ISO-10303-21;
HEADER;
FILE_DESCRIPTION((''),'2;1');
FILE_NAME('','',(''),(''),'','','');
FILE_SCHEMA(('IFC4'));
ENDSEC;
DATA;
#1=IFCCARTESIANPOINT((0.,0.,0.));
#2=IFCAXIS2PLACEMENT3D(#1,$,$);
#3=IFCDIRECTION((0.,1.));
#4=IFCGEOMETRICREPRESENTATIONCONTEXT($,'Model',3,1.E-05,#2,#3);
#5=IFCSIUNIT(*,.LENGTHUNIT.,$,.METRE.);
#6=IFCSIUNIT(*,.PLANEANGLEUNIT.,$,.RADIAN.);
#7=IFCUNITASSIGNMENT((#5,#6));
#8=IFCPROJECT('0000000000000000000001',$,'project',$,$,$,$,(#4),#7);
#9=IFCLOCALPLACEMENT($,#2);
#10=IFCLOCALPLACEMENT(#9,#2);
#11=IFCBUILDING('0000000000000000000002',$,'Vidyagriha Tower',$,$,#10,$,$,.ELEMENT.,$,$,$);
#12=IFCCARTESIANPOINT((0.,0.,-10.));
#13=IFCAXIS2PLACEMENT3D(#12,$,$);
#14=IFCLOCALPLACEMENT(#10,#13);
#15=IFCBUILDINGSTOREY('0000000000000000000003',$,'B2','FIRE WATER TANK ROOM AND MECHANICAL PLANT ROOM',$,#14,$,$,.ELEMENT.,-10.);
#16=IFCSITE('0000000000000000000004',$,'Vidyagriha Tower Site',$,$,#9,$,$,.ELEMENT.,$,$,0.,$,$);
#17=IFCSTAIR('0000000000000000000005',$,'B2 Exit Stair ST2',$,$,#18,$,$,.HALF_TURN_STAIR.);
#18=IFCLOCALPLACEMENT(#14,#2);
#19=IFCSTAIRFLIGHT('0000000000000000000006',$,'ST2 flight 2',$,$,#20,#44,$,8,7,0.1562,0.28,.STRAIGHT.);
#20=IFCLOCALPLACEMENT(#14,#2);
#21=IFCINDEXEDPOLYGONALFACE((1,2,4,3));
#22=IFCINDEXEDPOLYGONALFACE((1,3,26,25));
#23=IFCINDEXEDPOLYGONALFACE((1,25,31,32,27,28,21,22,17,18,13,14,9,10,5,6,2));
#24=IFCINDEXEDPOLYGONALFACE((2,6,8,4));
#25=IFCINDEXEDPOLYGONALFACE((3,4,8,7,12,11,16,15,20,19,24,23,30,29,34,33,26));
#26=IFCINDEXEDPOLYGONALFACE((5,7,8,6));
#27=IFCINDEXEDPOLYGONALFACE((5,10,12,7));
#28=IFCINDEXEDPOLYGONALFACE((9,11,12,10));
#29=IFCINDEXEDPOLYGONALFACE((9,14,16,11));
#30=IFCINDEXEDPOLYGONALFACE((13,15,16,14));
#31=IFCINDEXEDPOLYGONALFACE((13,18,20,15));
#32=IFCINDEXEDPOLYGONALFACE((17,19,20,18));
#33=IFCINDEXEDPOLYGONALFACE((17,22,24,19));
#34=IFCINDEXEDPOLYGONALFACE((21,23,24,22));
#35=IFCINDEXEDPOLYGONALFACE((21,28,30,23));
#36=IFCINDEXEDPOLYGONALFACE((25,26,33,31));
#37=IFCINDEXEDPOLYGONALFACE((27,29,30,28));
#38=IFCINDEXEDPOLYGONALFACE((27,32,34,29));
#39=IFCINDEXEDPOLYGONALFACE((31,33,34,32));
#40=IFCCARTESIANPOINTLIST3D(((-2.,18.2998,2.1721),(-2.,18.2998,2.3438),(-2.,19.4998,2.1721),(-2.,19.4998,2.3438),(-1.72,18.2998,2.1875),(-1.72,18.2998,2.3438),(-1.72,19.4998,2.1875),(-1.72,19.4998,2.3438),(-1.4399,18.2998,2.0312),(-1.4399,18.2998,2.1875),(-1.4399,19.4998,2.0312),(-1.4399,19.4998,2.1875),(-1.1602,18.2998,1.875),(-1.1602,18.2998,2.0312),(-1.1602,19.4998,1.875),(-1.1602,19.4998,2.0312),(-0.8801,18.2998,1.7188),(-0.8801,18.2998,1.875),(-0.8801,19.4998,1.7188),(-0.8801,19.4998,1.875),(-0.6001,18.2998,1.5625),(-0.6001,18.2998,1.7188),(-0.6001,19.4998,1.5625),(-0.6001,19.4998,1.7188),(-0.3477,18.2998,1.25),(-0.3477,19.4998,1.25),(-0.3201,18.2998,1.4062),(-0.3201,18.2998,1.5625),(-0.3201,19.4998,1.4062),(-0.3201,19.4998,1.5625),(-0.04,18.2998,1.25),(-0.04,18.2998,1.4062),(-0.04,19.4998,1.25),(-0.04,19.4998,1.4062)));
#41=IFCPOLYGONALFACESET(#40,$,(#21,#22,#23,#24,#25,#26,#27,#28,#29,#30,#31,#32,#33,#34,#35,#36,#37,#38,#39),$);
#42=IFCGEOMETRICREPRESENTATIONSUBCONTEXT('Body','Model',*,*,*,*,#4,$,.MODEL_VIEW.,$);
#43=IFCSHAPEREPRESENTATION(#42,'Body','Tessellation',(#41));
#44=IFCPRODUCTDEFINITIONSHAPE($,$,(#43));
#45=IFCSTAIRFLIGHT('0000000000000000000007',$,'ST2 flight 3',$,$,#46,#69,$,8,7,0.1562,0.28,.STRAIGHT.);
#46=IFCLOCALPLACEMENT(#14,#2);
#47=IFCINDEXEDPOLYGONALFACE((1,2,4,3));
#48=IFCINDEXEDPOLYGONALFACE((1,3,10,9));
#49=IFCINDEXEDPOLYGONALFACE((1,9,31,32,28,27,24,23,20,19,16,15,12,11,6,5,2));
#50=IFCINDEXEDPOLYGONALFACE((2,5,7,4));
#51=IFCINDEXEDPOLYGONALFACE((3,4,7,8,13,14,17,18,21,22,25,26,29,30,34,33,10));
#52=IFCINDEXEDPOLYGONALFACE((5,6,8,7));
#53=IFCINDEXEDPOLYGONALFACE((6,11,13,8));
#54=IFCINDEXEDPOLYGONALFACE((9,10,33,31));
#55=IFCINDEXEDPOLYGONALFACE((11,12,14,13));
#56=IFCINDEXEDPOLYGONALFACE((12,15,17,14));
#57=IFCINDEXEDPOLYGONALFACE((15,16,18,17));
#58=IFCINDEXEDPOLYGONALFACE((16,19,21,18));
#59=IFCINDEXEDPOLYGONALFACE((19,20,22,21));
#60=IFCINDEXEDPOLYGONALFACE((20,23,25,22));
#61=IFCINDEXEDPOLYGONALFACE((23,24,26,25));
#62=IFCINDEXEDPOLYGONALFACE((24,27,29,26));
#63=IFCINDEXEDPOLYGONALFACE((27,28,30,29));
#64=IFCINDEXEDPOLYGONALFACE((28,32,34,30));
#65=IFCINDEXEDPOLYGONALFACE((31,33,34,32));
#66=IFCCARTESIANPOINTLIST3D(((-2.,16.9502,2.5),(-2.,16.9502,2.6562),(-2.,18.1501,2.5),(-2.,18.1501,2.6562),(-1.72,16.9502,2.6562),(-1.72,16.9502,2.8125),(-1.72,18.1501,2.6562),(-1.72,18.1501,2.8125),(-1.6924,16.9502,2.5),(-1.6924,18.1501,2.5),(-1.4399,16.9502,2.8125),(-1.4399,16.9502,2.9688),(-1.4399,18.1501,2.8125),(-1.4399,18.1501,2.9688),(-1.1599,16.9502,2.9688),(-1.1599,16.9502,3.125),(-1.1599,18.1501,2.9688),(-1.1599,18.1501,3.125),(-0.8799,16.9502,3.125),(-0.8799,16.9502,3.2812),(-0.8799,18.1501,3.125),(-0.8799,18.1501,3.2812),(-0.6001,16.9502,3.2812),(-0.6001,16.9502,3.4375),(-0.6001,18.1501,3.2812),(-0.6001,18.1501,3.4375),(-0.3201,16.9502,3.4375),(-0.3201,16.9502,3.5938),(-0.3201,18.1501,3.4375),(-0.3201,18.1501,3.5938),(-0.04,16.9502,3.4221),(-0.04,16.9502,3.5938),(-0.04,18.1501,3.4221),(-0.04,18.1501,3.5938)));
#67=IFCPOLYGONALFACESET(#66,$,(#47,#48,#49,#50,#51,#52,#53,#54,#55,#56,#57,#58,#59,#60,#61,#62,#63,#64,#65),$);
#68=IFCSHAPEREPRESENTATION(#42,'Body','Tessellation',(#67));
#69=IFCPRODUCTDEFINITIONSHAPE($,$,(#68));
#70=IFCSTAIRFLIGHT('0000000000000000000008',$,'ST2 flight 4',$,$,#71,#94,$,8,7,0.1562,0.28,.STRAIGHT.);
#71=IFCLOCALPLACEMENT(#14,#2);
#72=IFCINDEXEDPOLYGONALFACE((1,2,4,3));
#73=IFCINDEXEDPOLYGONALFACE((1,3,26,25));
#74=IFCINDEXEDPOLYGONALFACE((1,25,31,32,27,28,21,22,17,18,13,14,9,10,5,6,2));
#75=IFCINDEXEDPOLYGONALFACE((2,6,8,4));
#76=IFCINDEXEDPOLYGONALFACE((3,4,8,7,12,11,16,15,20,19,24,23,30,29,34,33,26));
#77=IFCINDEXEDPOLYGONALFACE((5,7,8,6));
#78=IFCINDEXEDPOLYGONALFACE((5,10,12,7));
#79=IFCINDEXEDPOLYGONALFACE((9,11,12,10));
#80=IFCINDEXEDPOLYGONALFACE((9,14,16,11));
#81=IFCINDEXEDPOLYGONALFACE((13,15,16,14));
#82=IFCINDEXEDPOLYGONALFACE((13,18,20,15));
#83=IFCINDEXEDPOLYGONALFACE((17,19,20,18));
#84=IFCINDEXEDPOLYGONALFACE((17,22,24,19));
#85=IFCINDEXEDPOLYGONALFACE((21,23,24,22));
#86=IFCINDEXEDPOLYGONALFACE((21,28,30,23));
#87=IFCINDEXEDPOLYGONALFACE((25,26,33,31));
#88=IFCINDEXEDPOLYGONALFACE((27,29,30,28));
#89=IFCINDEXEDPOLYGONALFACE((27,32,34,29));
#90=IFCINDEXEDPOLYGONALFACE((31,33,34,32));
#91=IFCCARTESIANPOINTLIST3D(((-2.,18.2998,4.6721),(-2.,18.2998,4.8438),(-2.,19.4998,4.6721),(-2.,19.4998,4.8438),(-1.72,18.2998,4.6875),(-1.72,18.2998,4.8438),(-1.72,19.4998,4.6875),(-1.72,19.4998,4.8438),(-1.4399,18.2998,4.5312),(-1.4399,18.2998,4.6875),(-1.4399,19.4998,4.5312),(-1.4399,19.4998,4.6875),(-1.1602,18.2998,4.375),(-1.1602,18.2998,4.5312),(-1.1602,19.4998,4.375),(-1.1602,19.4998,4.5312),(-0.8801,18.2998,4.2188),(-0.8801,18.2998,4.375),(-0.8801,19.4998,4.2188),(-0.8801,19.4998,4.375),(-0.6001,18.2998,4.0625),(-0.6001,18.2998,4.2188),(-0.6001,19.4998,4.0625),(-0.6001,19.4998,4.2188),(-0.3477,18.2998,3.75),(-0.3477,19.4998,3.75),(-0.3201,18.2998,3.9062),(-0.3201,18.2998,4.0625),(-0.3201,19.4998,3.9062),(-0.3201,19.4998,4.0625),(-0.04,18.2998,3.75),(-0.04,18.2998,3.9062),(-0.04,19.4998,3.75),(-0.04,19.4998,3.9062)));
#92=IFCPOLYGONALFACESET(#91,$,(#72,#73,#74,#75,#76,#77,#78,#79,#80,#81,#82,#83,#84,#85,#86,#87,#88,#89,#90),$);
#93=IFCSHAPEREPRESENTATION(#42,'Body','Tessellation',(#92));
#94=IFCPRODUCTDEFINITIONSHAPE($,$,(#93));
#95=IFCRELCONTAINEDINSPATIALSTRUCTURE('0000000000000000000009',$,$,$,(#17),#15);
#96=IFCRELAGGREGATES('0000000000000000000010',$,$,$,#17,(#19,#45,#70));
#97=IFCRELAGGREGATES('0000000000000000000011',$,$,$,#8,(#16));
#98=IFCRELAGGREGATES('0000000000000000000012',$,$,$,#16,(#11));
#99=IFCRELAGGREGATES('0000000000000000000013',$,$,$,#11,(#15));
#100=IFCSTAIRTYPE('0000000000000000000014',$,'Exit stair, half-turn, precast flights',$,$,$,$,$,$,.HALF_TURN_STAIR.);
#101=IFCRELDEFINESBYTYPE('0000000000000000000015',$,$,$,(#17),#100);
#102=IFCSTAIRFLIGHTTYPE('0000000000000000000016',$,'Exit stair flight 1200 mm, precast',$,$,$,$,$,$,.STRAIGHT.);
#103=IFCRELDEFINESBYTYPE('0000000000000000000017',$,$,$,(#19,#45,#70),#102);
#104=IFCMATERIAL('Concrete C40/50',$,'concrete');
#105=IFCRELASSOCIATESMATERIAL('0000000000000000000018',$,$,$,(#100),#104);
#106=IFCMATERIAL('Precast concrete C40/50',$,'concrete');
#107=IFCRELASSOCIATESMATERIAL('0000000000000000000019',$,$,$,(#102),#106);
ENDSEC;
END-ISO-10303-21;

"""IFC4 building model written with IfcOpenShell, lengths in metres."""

from ifc_helpers import new_model, si_unit, direction, frame, origin, place, context, subcontext, project, spatial, polyline, outline, extrude, material, type_object, element, aggregate, save


model = new_model("IFC4")

# Units and contexts
model_context = context("Model", 3, precision=1e-05, world=origin(), true_north=direction((0.0, 1.0)))
body_context = subcontext(model_context, "Body", "Model", "MODEL_VIEW")
ifc_project = project(units=[si_unit("LENGTHUNIT", "METRE"), si_unit("PLANEANGLEUNIT", "RADIAN")], contexts=[model_context])

# Site, building, storey
site_placement = place(None, origin())
site = spatial("IfcSite", under=ifc_project, at=site_placement, Name="Vidyagriha Tower Site", CompositionType="ELEMENT", RefElevation=0.0)
building_placement = place(site_placement, origin())
building = spatial("IfcBuilding", under=site, at=building_placement, Name="Vidyagriha Tower", CompositionType="ELEMENT")
storey_placement = place(building_placement, frame((0.0, 0.0, -10.0)))
storey = spatial("IfcBuildingStorey", under=building, at=storey_placement, Name="B2", Description="FIRE WATER TANK ROOM AND MECHANICAL PLANT ROOM", CompositionType="ELEMENT", Elevation=-10.0)

# Stair, stair flights
ifc_material_1 = material(Name="Concrete C40/50", Category="concrete")
stair_type = type_object("IfcStairType", Name="Exit stair, half-turn, precast flights", PredefinedType="HALF_TURN_STAIR", material=ifc_material_1)
ifc_material_2 = material(Name="Precast concrete C40/50", Category="concrete")
stair_flight_type = type_object("IfcStairFlightType", Name="Exit stair flight 1200 mm, precast", PredefinedType="STRAIGHT", material=ifc_material_2)
stair_1_placement = place(storey_placement, origin())
stair_1 = element("IfcStair", 1, at=stair_1_placement, inside=storey, type_object=stair_type, Name="B2 Exit Stair ST2", PredefinedType="HALF_TURN_STAIR")
stair_flight_1_placement = place(storey_placement, frame((-0.04, 18.8999, 1.25), z_axis=(0.0, 0.0, 1.0), x_axis=(-1.0, 0.0, 0.0)))
stair_flight_1 = element("IfcStairFlight", 2, at=stair_flight_1_placement, type_object=stair_flight_type, Name="ST2 flight 2", NumberOfRisers=8, NumberOfTreads=7, PredefinedType="STRAIGHT", RiserHeight=0.1562, TreadLength=0.28, context=body_context, shape_type="SweptSolid", body=[
    extrude(outline(polyline([(0.0, 0.0), (0.0, 0.1562), (0.28, 0.1562), (0.28, 0.3125), (0.5601, 0.3125), (0.5601, 0.4688), (0.8401, 0.4688), (0.8401, 0.625), (1.1201, 0.625), (1.1201, 0.7812), (1.3999, 0.7812), (1.3999, 0.9375), (1.6799, 0.9375), (1.6799, 1.0938), (1.96, 1.0938), (1.96, 1.25), (1.96, 0.9221), (0.3076, 0.0), (0.0, 0.0)])), frame((0.0, 0.6001, 0.0), z_axis=(0.0, -1.0, 0.0), x_axis=(1.0, 0.0, 0.0)), (0.0, 0.0, 1.0), 1.2),
])
stair_flight_2_placement = place(storey_placement, frame((-2.0, 17.55, 2.5)))
stair_flight_2 = element("IfcStairFlight", 3, at=stair_flight_2_placement, type_object=stair_flight_type, Name="ST2 flight 3", NumberOfRisers=8, NumberOfTreads=7, PredefinedType="STRAIGHT", RiserHeight=0.1562, TreadLength=0.28, context=body_context, shape_type="SweptSolid", body=[
    extrude(outline(polyline([(0.0, 0.0), (0.0, 0.1562), (0.28, 0.1562), (0.28, 0.3125), (0.5601, 0.3125), (0.5601, 0.4688), (0.8401, 0.4688), (0.8401, 0.625), (1.1201, 0.625), (1.1201, 0.7812), (1.3999, 0.7812), (1.3999, 0.9375), (1.6799, 0.9375), (1.6799, 1.0938), (1.96, 1.0938), (1.96, 1.25), (1.96, 0.9221), (0.3076, 0.0), (0.0, 0.0)])), frame((0.0, 0.6001, 0.0), z_axis=(0.0, -1.0, 0.0), x_axis=(1.0, 0.0, 0.0)), (0.0, 0.0, 1.0), 1.2),
])
stair_flight_3_placement = place(storey_placement, frame((-0.04, 18.8999, 3.75), z_axis=(0.0, 0.0, 1.0), x_axis=(-1.0, 0.0, 0.0)))
stair_flight_3 = element("IfcStairFlight", 4, at=stair_flight_3_placement, type_object=stair_flight_type, Name="ST2 flight 4", NumberOfRisers=8, NumberOfTreads=7, PredefinedType="STRAIGHT", RiserHeight=0.1562, TreadLength=0.28, context=body_context, shape_type="SweptSolid", body=[
    extrude(outline(polyline([(0.0, 0.0), (0.0, 0.1562), (0.28, 0.1562), (0.28, 0.3125), (0.5601, 0.3125), (0.5601, 0.4688), (0.8401, 0.4688), (0.8401, 0.625), (1.1201, 0.625), (1.1201, 0.7812), (1.3999, 0.7812), (1.3999, 0.9375), (1.6799, 0.9375), (1.6799, 1.0938), (1.96, 1.0938), (1.96, 1.25), (1.96, 0.9221), (0.3076, 0.0), (0.0, 0.0)])), frame((0.0, 0.6001, 0.0), z_axis=(0.0, -1.0, 0.0), x_axis=(1.0, 0.0, 0.0)), (0.0, 0.0, 1.0), 1.2),
])
aggregate(stair_1, [stair_flight_1, stair_flight_2, stair_flight_3])

save(model, "model.ifc")
